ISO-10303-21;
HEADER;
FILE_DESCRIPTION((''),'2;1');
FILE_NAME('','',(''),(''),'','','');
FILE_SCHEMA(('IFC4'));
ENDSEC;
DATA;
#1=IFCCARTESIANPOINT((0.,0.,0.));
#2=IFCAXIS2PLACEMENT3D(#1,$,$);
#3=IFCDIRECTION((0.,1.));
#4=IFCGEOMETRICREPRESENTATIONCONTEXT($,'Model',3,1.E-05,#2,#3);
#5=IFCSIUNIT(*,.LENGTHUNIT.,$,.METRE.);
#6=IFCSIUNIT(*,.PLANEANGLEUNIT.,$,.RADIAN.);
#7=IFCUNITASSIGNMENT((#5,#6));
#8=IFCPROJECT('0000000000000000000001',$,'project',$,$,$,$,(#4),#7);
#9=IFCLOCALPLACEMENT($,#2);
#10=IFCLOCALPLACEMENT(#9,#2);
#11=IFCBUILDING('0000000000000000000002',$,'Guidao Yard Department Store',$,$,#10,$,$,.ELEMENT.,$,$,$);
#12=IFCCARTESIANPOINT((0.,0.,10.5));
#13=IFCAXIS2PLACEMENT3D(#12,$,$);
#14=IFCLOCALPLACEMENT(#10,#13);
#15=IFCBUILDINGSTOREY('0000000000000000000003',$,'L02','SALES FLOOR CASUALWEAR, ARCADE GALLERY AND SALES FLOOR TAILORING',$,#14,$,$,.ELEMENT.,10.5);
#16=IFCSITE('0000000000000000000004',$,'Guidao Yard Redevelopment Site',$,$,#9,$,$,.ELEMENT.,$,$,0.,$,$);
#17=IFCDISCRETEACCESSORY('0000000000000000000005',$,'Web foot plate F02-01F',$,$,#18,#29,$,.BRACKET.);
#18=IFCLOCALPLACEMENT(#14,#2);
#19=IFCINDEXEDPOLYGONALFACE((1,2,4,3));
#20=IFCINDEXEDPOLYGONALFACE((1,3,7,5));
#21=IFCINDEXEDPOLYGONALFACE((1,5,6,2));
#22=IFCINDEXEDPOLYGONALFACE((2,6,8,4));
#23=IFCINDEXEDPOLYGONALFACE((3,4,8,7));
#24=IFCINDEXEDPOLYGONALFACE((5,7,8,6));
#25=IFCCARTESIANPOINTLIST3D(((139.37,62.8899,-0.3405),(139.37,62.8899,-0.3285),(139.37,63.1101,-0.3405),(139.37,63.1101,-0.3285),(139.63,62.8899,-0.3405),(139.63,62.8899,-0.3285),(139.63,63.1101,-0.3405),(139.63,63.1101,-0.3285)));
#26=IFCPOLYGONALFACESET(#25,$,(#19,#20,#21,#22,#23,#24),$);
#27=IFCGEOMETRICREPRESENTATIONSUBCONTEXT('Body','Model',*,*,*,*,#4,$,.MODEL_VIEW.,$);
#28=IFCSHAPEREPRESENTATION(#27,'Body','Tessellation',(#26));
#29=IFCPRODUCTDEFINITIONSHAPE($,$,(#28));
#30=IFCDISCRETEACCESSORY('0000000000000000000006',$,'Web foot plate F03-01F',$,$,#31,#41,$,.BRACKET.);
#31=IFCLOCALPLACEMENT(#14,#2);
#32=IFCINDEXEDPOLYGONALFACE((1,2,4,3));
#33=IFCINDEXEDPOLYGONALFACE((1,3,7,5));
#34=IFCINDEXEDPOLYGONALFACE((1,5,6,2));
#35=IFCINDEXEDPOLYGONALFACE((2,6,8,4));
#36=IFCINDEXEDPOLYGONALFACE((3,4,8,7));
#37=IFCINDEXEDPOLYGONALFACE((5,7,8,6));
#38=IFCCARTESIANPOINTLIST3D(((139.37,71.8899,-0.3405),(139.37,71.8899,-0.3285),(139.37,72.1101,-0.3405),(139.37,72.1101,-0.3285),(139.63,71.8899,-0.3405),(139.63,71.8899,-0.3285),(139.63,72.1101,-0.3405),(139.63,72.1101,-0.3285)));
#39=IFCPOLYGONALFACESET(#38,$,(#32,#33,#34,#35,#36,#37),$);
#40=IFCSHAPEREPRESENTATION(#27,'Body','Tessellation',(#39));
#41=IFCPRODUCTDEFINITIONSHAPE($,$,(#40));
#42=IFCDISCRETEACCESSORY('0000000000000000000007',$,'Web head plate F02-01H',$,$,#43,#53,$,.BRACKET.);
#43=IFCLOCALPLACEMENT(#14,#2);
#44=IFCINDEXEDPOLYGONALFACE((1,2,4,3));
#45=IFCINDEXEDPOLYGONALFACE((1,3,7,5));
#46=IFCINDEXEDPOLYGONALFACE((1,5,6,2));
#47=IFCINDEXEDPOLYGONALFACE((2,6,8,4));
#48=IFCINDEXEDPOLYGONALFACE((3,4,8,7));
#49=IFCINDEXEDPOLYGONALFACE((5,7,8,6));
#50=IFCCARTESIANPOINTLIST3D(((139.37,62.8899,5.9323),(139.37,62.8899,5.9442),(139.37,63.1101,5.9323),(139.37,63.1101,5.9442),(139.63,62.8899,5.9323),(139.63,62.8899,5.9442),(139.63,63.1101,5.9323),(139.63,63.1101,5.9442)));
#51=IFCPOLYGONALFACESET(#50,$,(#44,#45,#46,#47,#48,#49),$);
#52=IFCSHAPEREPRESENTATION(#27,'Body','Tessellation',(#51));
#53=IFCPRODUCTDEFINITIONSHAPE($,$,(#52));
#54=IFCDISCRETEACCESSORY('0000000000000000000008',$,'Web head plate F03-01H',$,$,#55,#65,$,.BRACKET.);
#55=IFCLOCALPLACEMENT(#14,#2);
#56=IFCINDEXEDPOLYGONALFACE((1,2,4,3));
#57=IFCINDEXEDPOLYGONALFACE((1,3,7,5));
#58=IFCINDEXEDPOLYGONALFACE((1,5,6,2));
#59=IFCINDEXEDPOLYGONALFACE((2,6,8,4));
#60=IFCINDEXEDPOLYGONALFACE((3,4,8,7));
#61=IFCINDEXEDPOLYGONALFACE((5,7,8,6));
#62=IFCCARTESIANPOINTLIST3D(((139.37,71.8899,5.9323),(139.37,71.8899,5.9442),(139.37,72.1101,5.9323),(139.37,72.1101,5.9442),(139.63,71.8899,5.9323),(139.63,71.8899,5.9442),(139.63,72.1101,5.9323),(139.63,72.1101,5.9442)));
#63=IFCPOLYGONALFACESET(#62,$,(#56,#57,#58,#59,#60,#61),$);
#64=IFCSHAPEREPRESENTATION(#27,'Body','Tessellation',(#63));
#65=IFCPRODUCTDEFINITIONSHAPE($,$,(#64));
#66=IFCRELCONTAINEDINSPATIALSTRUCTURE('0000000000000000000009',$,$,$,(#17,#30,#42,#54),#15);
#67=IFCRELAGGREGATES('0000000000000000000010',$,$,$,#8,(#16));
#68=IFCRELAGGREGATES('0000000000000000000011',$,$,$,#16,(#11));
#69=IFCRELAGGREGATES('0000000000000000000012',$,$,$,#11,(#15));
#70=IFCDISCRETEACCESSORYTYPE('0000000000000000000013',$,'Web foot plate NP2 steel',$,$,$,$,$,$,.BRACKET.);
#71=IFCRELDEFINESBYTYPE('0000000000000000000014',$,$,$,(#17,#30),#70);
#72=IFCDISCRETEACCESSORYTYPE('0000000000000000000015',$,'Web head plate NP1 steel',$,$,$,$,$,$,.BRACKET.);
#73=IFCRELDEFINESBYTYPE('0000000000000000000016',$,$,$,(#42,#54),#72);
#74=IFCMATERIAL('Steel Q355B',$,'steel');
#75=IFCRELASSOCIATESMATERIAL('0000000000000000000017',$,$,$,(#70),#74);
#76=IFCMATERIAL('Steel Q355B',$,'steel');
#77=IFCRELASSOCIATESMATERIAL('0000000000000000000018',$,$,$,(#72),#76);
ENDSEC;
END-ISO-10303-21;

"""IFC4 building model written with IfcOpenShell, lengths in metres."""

from ifc_helpers import new_model, si_unit, direction, frame, origin, origin_2d, place, context, subcontext, project, spatial, rectangle, extrude, material, material_profile, profile_set, type_object, element, save


model = new_model("IFC4")

# Units and contexts
model_context = context("Model", 3, precision=1e-05, world=origin(), true_north=direction((0.0, 1.0)))
body_context = subcontext(model_context, "Body", "Model", "MODEL_VIEW")
ifc_project = project(units=[si_unit("LENGTHUNIT", "METRE"), si_unit("PLANEANGLEUNIT", "RADIAN")], contexts=[model_context])

# Site, building, storey
site_placement = place(None, origin())
site = spatial("IfcSite", under=ifc_project, at=site_placement, Name="Guidao Yard Redevelopment Site", CompositionType="ELEMENT", RefElevation=0.0)
building_placement = place(site_placement, origin())
building = spatial("IfcBuilding", under=site, at=building_placement, Name="Guidao Yard Department Store", CompositionType="ELEMENT")
storey_placement = place(building_placement, frame((0.0, 0.0, 10.5)))
storey = spatial("IfcBuildingStorey", under=building, at=storey_placement, Name="L02", Description="SALES FLOOR CASUALWEAR, ARCADE GALLERY AND SALES FLOOR TAILORING", CompositionType="ELEMENT", Elevation=10.5)

# Discrete accessories
ifc_material_1 = material(Name="Steel Q355B", Category="steel")
ifc_material_profile_1 = material_profile(ifc_material_1, rectangle(XDim=0.26, YDim=0.012, at=origin_2d()), Name="Node plate 260x12")
ifc_profile_set_1 = profile_set([ifc_material_profile_1], Name="Steel Q355B")
discrete_accessory_type_1 = type_object("IfcDiscreteAccessoryType", Name="Web foot plate NP2 steel", PredefinedType="BRACKET", material=ifc_profile_set_1)
for number, where, z_axis, x_axis, name in (
    (1, (139.5, 62.8899, -0.3345), (0.0, 1.0, 0.0), (-1.0, 0.0, 0.0), "Web foot plate F02-01F"),
    (2, (139.5, 71.8899, -0.3345), (0.0, 1.0, 0.0), (-1.0, 0.0, 0.0), "Web foot plate F03-01F"),
):
    element("IfcDiscreteAccessory", number, at=place(storey_placement, frame(where, z_axis=z_axis, x_axis=x_axis)), inside=storey, type_object=discrete_accessory_type_1, Name=name, PredefinedType="BRACKET", context=body_context, shape_type="SweptSolid", body=[
        extrude(rectangle(XDim=0.26, YDim=0.012, at=origin_2d()), origin(), (0.0, 0.0, 1.0), 0.2202),
    ])
ifc_material_2 = material(Name="Steel Q355B", Category="steel")
ifc_material_profile_2 = material_profile(ifc_material_2, rectangle(XDim=0.26, YDim=0.012, at=origin_2d()), Name="Node plate 260x12")
ifc_profile_set_2 = profile_set([ifc_material_profile_2], Name="Steel Q355B")
discrete_accessory_type_2 = type_object("IfcDiscreteAccessoryType", Name="Web head plate NP1 steel", PredefinedType="BRACKET", material=ifc_profile_set_2)
for number, where, z_axis, x_axis, name in (
    (3, (139.5, 62.8899, 5.9382), (0.0, 1.0, 0.0), (-1.0, 0.0, 0.0), "Web head plate F02-01H"),
    (4, (139.5, 71.8899, 5.9382), (0.0, 1.0, 0.0), (-1.0, 0.0, 0.0), "Web head plate F03-01H"),
):
    element("IfcDiscreteAccessory", number, at=place(storey_placement, frame(where, z_axis=z_axis, x_axis=x_axis)), inside=storey, type_object=discrete_accessory_type_2, Name=name, PredefinedType="BRACKET", context=body_context, shape_type="SweptSolid", body=[
        extrude(rectangle(XDim=0.26, YDim=0.012, at=origin_2d()), origin(), (0.0, 0.0, 1.0), 0.2202),
    ])

save(model, "model.ifc")
